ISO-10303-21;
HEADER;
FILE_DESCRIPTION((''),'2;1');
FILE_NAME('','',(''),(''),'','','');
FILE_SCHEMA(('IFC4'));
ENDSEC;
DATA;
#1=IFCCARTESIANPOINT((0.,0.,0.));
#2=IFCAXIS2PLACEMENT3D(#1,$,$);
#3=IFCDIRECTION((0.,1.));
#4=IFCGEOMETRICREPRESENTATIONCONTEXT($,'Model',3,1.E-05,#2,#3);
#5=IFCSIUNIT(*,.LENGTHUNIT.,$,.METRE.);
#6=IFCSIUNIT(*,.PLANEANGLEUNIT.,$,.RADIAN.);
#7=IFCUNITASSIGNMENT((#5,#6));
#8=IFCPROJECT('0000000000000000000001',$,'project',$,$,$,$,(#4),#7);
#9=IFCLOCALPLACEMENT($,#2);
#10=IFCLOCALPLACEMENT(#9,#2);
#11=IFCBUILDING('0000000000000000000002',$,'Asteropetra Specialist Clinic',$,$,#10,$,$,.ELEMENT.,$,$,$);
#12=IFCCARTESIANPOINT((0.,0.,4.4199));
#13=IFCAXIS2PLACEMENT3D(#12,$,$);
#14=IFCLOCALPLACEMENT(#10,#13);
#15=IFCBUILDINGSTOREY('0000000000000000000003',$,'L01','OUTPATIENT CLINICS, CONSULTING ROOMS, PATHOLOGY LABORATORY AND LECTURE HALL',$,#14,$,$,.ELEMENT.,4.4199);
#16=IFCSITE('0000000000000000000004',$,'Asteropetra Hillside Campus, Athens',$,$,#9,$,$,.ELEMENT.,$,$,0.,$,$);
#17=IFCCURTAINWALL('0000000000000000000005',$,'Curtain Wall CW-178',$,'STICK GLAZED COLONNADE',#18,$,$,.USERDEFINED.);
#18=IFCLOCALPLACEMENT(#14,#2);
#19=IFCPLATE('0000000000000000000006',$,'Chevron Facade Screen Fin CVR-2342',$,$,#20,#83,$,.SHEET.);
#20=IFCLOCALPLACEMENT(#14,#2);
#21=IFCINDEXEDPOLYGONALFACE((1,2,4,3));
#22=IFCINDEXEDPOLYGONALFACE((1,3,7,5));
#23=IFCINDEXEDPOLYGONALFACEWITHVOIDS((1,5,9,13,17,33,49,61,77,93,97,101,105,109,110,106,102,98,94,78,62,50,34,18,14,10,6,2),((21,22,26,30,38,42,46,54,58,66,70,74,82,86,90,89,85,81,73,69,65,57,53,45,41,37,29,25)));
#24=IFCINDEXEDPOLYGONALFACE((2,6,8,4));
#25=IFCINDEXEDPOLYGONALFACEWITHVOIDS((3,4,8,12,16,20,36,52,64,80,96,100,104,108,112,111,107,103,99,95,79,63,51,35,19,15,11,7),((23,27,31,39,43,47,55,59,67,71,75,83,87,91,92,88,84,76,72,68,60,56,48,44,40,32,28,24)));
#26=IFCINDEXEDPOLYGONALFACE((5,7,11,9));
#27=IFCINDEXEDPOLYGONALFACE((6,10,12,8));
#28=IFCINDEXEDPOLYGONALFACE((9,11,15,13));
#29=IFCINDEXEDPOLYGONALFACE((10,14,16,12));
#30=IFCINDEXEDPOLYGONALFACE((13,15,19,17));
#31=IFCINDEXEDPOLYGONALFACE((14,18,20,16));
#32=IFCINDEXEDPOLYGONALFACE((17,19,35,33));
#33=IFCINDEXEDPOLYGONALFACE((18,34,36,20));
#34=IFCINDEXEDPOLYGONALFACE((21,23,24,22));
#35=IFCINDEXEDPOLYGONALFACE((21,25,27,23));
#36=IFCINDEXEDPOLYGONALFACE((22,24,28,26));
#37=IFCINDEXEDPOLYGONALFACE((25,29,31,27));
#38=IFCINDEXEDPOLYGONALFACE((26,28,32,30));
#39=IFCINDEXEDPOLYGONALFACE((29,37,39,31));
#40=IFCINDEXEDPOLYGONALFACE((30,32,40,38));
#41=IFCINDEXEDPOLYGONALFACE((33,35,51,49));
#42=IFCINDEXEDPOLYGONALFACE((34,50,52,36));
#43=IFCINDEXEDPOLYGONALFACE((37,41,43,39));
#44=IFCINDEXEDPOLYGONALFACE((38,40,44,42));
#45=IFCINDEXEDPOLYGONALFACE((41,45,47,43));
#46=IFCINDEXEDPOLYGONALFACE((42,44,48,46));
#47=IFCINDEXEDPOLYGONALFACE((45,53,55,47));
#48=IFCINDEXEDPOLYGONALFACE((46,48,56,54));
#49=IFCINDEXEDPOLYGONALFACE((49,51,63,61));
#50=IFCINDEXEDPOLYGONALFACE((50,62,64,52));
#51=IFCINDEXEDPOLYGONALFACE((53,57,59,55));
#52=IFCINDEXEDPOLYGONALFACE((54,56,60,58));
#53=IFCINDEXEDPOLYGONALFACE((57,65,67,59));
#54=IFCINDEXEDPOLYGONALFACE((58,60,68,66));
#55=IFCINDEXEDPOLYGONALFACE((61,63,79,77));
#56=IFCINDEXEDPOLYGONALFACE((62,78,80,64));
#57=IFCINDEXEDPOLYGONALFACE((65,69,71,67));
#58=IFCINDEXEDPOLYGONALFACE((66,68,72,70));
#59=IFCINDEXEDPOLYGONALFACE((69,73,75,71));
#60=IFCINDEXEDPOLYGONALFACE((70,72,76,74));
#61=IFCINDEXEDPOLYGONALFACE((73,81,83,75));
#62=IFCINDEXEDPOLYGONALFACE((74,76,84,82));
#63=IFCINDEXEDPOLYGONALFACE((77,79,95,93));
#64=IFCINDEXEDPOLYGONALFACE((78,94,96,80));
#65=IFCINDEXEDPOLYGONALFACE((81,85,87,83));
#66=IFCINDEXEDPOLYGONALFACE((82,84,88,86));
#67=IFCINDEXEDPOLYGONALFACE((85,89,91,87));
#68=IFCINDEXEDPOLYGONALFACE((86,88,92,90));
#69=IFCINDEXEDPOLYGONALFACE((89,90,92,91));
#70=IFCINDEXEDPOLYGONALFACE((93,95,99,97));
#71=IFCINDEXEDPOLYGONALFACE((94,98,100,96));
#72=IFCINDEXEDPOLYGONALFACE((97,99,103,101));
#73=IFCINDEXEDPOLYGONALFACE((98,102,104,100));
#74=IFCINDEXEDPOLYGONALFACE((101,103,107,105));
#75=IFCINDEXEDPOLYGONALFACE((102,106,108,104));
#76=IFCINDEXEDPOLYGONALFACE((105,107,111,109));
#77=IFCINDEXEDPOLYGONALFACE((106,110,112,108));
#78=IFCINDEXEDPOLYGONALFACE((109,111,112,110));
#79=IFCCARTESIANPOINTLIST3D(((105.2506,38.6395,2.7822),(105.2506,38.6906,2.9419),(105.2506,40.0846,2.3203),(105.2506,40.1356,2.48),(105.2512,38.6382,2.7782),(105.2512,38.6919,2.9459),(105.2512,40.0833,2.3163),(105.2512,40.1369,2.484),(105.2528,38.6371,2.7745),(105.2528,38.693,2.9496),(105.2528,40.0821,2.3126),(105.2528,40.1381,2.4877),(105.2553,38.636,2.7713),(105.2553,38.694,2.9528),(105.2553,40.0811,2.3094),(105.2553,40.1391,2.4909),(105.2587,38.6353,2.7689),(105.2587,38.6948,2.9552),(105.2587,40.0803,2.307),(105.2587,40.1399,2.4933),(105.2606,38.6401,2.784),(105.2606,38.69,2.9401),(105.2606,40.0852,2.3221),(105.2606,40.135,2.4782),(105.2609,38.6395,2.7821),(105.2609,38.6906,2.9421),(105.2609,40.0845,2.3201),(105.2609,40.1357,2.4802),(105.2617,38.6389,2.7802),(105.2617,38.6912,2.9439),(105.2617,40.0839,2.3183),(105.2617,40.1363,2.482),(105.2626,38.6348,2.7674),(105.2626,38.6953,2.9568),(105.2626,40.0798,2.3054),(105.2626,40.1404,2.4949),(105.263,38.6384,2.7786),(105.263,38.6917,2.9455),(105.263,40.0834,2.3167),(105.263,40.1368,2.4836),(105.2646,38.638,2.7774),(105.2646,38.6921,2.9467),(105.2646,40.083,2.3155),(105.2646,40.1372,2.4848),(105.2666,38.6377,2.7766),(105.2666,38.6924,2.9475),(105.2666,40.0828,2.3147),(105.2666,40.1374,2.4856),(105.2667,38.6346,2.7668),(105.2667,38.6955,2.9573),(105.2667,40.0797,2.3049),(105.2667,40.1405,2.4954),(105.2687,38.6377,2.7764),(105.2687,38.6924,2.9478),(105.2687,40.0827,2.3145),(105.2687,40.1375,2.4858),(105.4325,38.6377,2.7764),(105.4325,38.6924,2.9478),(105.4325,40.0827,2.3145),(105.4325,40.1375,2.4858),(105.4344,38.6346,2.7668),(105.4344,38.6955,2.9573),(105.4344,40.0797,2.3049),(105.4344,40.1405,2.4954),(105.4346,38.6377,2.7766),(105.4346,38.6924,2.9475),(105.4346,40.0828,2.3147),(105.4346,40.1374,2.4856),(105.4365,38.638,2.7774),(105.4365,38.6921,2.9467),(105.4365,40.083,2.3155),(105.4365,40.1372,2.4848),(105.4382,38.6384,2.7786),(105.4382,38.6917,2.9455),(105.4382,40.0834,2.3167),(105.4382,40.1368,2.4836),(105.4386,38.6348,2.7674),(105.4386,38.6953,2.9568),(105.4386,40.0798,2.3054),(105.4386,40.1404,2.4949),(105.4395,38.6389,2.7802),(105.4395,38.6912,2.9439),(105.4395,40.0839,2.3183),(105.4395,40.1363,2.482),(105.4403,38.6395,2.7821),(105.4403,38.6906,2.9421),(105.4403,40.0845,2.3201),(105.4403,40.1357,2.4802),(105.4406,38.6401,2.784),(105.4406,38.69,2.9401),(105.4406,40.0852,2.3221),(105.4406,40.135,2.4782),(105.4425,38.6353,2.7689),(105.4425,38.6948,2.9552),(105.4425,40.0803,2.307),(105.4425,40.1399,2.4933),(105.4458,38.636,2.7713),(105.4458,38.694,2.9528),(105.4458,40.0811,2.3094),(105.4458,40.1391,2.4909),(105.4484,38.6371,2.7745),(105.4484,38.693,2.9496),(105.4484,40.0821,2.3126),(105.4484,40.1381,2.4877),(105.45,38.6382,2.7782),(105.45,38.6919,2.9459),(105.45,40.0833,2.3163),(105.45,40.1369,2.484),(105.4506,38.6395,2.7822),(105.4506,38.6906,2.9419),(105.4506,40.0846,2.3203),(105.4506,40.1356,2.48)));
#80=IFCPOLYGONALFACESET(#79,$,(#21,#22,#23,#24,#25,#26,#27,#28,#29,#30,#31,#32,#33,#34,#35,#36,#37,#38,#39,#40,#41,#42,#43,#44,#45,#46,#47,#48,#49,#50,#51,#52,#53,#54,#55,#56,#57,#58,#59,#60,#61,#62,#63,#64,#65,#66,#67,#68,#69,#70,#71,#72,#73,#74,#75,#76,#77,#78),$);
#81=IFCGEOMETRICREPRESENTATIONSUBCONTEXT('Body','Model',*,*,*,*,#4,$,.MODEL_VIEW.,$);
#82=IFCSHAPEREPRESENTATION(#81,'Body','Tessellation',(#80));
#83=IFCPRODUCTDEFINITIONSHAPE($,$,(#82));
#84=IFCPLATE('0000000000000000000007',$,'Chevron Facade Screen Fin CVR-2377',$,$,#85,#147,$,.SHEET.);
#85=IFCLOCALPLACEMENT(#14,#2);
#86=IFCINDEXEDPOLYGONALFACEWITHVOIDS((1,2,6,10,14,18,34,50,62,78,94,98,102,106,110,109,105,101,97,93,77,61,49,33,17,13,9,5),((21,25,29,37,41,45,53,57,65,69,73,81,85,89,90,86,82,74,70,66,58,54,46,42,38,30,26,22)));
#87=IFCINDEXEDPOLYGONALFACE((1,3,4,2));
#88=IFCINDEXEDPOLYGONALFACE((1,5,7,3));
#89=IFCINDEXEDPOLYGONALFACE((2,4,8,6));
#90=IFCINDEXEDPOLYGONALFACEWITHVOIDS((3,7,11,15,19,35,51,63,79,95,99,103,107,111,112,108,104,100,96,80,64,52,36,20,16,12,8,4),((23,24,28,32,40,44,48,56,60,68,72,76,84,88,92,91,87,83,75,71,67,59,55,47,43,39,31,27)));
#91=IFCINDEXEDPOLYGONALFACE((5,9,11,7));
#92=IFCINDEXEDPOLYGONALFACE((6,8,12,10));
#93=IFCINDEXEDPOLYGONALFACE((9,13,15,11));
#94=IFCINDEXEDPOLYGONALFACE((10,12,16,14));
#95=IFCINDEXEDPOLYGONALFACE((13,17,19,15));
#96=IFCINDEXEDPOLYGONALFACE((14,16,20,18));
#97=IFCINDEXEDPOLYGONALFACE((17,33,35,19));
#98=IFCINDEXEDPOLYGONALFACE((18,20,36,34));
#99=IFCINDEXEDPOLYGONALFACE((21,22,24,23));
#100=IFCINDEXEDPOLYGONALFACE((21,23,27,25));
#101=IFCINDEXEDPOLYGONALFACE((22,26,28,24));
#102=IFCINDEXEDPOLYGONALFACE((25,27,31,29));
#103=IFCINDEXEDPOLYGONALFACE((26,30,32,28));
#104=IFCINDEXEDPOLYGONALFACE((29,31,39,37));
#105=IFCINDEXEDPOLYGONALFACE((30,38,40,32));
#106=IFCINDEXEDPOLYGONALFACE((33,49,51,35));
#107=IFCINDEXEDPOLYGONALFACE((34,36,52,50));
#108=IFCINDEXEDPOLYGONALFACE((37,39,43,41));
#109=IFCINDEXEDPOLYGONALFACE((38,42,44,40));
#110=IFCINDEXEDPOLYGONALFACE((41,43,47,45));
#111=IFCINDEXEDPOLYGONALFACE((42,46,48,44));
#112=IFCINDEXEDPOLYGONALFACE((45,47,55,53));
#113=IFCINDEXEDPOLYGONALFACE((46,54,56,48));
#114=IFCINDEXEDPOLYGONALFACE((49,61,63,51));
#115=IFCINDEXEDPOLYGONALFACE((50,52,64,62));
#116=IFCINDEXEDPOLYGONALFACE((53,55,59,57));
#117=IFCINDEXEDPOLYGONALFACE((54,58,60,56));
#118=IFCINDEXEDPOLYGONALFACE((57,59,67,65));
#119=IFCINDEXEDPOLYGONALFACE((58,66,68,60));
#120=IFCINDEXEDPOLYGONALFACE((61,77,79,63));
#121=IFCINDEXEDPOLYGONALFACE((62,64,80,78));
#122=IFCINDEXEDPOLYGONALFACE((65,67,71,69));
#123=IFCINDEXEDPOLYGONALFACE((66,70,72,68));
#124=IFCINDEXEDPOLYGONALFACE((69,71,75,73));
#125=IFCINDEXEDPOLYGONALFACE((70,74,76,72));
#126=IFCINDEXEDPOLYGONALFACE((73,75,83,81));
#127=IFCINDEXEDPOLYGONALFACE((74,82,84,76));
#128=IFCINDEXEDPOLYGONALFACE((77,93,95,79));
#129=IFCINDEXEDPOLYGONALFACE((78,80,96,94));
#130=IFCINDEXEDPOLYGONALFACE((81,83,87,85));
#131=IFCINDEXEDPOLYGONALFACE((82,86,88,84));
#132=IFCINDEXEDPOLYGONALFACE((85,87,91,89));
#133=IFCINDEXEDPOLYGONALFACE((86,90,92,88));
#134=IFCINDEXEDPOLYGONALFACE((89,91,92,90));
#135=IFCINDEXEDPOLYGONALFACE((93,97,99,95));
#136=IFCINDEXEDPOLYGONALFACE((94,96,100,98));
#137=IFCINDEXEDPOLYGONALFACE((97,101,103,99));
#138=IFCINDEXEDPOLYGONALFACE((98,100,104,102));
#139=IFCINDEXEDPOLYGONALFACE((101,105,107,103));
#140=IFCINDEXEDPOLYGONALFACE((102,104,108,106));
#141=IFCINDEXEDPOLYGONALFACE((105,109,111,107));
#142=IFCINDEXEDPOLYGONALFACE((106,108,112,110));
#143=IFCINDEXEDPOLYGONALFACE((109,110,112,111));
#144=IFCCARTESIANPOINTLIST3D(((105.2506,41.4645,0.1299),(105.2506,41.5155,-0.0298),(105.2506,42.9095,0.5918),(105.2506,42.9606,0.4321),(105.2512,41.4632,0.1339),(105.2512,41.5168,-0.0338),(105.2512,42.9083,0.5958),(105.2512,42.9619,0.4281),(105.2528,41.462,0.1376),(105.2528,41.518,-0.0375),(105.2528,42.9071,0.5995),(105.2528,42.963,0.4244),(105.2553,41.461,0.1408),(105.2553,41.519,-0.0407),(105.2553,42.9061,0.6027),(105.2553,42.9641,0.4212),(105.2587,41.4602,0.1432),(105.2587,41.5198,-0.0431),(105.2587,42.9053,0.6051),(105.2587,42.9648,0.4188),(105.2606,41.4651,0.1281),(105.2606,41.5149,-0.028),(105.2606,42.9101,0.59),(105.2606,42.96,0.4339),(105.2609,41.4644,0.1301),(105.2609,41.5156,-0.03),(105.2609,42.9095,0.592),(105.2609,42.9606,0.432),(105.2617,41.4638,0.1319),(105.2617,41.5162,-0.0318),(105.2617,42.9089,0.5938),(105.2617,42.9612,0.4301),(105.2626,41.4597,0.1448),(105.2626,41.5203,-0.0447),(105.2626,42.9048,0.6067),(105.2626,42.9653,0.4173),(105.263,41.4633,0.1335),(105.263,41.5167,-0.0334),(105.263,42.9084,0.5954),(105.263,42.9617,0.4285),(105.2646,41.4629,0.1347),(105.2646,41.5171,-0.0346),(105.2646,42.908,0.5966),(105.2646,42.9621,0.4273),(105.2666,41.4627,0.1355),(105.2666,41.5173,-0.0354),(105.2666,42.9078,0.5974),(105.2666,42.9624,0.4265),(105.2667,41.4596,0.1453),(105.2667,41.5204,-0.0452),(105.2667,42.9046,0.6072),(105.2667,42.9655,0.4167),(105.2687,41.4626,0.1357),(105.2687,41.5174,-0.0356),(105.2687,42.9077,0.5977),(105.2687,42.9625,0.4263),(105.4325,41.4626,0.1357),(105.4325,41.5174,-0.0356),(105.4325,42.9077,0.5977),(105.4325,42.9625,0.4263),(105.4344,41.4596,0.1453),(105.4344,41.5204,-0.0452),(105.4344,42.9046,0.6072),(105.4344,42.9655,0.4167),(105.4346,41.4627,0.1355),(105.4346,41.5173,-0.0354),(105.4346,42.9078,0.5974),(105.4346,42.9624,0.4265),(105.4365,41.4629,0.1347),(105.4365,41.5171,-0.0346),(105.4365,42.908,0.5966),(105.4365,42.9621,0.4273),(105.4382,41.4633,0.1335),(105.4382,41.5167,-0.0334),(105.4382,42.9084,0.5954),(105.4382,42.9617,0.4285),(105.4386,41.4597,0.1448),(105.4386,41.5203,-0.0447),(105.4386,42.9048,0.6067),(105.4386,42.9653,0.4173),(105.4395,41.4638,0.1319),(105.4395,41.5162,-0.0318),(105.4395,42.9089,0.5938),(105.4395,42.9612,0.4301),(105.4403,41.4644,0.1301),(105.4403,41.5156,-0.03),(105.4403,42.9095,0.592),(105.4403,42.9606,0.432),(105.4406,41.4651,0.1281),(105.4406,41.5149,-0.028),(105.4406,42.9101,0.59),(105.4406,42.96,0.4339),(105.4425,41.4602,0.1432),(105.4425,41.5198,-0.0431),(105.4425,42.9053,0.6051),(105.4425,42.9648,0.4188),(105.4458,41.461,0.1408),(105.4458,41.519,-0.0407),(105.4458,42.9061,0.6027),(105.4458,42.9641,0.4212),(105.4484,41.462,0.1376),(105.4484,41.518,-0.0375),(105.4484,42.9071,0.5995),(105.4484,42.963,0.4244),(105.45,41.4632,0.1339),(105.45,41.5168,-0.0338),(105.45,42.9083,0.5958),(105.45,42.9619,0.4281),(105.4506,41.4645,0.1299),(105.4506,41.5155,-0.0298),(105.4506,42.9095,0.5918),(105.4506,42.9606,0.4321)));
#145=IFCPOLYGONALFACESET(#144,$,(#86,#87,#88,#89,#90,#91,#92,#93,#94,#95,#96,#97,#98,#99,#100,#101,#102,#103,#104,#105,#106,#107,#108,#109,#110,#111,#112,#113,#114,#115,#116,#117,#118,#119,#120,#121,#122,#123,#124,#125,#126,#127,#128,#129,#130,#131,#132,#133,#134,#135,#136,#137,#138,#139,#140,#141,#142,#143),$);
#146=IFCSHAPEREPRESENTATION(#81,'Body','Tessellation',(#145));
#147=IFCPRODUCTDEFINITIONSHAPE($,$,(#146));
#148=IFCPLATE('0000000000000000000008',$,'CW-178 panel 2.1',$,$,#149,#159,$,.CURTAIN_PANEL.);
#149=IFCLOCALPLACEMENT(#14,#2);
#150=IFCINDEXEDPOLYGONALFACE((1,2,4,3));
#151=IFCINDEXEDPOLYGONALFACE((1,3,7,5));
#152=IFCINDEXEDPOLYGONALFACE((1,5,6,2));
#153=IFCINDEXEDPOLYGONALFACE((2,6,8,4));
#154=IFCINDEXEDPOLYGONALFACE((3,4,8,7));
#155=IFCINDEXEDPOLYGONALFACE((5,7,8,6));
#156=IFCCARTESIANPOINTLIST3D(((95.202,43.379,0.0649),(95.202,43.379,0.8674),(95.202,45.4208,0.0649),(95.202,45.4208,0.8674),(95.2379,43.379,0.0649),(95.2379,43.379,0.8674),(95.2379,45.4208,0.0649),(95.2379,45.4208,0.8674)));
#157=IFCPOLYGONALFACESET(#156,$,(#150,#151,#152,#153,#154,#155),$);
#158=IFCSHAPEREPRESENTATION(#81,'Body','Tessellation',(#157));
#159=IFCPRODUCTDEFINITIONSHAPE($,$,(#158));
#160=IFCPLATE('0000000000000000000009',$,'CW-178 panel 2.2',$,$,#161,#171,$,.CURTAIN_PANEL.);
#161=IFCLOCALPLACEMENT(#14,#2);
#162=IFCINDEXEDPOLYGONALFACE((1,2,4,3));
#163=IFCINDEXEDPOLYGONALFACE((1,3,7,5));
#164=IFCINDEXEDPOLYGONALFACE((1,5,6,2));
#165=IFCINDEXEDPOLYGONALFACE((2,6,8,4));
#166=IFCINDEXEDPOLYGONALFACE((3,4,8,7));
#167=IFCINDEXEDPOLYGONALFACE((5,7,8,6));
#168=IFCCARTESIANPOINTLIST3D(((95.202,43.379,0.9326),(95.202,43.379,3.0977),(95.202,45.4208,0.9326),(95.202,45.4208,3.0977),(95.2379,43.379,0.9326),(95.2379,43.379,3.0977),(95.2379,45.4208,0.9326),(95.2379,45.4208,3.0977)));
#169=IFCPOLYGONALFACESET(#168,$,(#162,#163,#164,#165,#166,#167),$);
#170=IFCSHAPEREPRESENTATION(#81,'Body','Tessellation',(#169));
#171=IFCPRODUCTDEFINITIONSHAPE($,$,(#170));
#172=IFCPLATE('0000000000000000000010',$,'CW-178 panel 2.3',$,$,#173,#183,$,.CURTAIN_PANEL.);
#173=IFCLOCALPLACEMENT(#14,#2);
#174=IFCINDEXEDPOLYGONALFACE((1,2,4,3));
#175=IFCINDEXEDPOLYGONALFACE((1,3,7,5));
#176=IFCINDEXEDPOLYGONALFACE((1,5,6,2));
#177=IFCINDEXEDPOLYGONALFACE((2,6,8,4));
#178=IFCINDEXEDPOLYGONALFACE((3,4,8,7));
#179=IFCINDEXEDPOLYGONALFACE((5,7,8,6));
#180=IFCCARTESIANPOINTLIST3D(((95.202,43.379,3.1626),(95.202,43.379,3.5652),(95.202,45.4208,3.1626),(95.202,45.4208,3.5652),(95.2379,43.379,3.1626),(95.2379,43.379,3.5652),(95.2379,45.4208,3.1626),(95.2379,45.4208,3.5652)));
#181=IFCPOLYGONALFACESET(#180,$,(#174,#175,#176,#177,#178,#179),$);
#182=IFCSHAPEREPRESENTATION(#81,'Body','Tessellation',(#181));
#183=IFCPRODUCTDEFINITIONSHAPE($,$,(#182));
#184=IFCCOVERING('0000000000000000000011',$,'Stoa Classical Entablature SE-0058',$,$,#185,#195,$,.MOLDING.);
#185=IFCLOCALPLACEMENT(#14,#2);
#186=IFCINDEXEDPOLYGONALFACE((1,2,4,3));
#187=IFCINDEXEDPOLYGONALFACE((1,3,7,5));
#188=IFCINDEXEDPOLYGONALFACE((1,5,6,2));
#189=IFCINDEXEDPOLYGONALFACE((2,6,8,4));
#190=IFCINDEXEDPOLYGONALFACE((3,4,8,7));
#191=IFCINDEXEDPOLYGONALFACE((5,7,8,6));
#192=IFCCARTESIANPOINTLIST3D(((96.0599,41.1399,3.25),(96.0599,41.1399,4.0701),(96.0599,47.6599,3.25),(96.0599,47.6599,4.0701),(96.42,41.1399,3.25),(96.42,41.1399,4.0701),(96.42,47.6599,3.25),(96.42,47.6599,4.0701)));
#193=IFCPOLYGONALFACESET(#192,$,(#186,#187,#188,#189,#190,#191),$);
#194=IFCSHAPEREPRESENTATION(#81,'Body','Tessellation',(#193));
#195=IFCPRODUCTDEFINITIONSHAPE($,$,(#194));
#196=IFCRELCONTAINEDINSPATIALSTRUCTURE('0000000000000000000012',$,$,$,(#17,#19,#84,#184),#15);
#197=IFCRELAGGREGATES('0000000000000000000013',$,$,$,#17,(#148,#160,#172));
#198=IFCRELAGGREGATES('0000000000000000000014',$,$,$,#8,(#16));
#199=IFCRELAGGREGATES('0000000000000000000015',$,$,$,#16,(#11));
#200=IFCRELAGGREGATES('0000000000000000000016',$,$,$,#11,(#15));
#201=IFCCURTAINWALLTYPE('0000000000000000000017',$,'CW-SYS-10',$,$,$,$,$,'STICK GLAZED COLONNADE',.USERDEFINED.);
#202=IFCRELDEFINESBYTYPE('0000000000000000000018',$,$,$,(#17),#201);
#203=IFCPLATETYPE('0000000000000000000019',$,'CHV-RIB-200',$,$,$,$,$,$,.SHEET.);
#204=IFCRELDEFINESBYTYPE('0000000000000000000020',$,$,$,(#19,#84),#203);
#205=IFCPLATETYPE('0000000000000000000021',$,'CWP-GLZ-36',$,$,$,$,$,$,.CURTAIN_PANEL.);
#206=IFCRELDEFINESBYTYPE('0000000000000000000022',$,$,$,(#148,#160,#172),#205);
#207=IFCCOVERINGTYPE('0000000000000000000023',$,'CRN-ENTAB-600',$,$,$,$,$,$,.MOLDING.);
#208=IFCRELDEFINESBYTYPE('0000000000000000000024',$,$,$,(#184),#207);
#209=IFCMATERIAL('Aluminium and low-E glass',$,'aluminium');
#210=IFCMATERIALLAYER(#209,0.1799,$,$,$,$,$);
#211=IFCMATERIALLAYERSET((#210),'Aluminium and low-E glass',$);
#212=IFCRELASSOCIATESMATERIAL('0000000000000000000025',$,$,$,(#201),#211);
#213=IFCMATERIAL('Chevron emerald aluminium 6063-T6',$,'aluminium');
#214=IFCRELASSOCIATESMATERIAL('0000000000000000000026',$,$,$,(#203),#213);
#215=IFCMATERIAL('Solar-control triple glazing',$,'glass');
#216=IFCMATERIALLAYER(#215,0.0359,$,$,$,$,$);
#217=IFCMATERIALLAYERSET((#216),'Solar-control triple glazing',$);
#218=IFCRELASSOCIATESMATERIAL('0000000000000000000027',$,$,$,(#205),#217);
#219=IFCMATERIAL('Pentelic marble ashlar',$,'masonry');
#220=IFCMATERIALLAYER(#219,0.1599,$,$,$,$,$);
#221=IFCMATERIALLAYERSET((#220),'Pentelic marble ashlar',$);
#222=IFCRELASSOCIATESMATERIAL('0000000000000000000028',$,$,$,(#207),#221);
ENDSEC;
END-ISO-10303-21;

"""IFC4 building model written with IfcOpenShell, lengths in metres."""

from ifc_helpers import new_model, si_unit, direction, frame, origin, origin_2d, place, context, subcontext, project, spatial, rectangle, hollow_rectangle, extrude, material, layer, layer_set, material_profile, profile_set, type_object, element, aggregate, save


model = new_model("IFC4")

# Units and contexts
model_context = context("Model", 3, precision=1e-05, world=origin(), true_north=direction((0.0, 1.0)))
body_context = subcontext(model_context, "Body", "Model", "MODEL_VIEW")
ifc_project = project(units=[si_unit("LENGTHUNIT", "METRE"), si_unit("PLANEANGLEUNIT", "RADIAN")], contexts=[model_context])

# Site, building, storey
site_placement = place(None, origin())
site = spatial("IfcSite", under=ifc_project, at=site_placement, Name="Asteropetra Hillside Campus, Athens", CompositionType="ELEMENT", RefElevation=0.0)
building_placement = place(site_placement, origin())
building = spatial("IfcBuilding", under=site, at=building_placement, Name="Asteropetra Specialist Clinic", CompositionType="ELEMENT")
storey_placement = place(building_placement, frame((0.0, 0.0, 4.4199)))
storey = spatial("IfcBuildingStorey", under=building, at=storey_placement, Name="L01", Description="OUTPATIENT CLINICS, CONSULTING ROOMS, PATHOLOGY LABORATORY AND LECTURE HALL", CompositionType="ELEMENT", Elevation=4.4199)

# Curtain wall
ifc_material_1 = material(Name="Aluminium and low-E glass", Category="aluminium")
ifc_layer_1 = layer(ifc_material_1, 0.1799)
ifc_layer_set_1 = layer_set([ifc_layer_1], Name="Aluminium and low-E glass")
curtain_wall_type = type_object("IfcCurtainWallType", Name="CW-SYS-10", ElementType="STICK GLAZED COLONNADE", PredefinedType="USERDEFINED", material=ifc_layer_set_1)
curtain_wall_placement = place(storey_placement, origin())
curtain_wall = element("IfcCurtainWall", 1, at=curtain_wall_placement, inside=storey, type_object=curtain_wall_type, Name="Curtain Wall CW-178", ObjectType="STICK GLAZED COLONNADE", PredefinedType="USERDEFINED")

# Plates
ifc_material_2 = material(Name="Chevron emerald aluminium 6063-T6", Category="aluminium")
ifc_material_profile_1 = material_profile(ifc_material_2, hollow_rectangle(XDim=0.2, YDim=0.2, WallThickness=0.01, InnerFilletRadius=0.0081, OuterFilletRadius=0.0161, at=origin_2d()), Name="SHS 200x200x10.0")
ifc_profile_set_1 = profile_set([ifc_material_profile_1], Name="Chevron emerald aluminium 6063-T6")
plate_type_1 = type_object("IfcPlateType", Name="CHV-RIB-200", PredefinedType="SHEET", material=ifc_profile_set_1)
for number, where, z_axis, x_axis, name in (
    (2, (105.3506, 40.1101, 2.4001), (0.0, -0.952521, 0.304472), (1.0, 0.0, 0.0), "Chevron Facade Screen Fin CVR-2342"),
    (3, (105.3506, 42.9351, 0.512), (0.0, -0.952521, -0.304472), (1.0, 0.0, 0.0), "Chevron Facade Screen Fin CVR-2377"),
):
    element("IfcPlate", number, at=place(storey_placement, frame(where, z_axis=z_axis, x_axis=x_axis)), inside=storey, type_object=plate_type_1, Name=name, PredefinedType="SHEET", context=body_context, shape_type="SweptSolid", body=[
        extrude(hollow_rectangle(XDim=0.2, YDim=0.2, WallThickness=0.01, InnerFilletRadius=0.0081, OuterFilletRadius=0.0161, at=origin_2d()), origin(), (0.0, 0.0, 1.0), 1.5171),
    ])

# Plates
ifc_material_3 = material(Name="Solar-control triple glazing", Category="glass")
ifc_layer_2 = layer(ifc_material_3, 0.0359)
ifc_layer_set_2 = layer_set([ifc_layer_2], Name="Solar-control triple glazing")
plate_type_2 = type_object("IfcPlateType", Name="CWP-GLZ-36", PredefinedType="CURTAIN_PANEL", material=ifc_layer_set_2)
plate_1_placement = place(storey_placement, frame((95.22, 44.3999, 0.0649), z_axis=(0.0, 0.0, 1.0), x_axis=(0.0, 1.0, 0.0)))
plate_1 = element("IfcPlate", 4, at=plate_1_placement, type_object=plate_type_2, Name="CW-178 panel 2.1", PredefinedType="CURTAIN_PANEL", context=body_context, shape_type="SweptSolid", body=[
    extrude(rectangle(XDim=2.0417, YDim=0.0359, at=origin_2d()), origin(), (0.0, 0.0, 1.0), 0.8025),
])
plate_2_placement = place(storey_placement, frame((95.22, 44.3999, 0.9326), z_axis=(0.0, 0.0, 1.0), x_axis=(0.0, 1.0, 0.0)))
plate_2 = element("IfcPlate", 5, at=plate_2_placement, type_object=plate_type_2, Name="CW-178 panel 2.2", PredefinedType="CURTAIN_PANEL", context=body_context, shape_type="SweptSolid", body=[
    extrude(rectangle(XDim=2.0417, YDim=0.0359, at=origin_2d()), origin(), (0.0, 0.0, 1.0), 2.165),
])
plate_3_placement = place(storey_placement, frame((95.22, 44.3999, 3.1626), z_axis=(0.0, 0.0, 1.0), x_axis=(0.0, 1.0, 0.0)))
plate_3 = element("IfcPlate", 6, at=plate_3_placement, type_object=plate_type_2, Name="CW-178 panel 2.3", PredefinedType="CURTAIN_PANEL", context=body_context, shape_type="SweptSolid", body=[
    extrude(rectangle(XDim=2.0417, YDim=0.0359, at=origin_2d()), origin(), (0.0, 0.0, 1.0), 0.4026),
])
aggregate(curtain_wall, [plate_1, plate_2, plate_3])

# Covering
ifc_material_4 = material(Name="Pentelic marble ashlar", Category="masonry")
ifc_layer_3 = layer(ifc_material_4, 0.1599)
ifc_layer_set_3 = layer_set([ifc_layer_3], Name="Pentelic marble ashlar")
covering_type_1 = type_object("IfcCoveringType", Name="CRN-ENTAB-600", PredefinedType="MOLDING", material=ifc_layer_set_3)
covering_1_placement = place(storey_placement, frame((96.24, 44.3999, 3.25), z_axis=(0.0, 0.0, 1.0), x_axis=(1.0, 0.0, 0.0)))
element("IfcCovering", 7, at=covering_1_placement, inside=storey, type_object=covering_type_1, Name="Stoa Classical Entablature SE-0058", PredefinedType="MOLDING", context=body_context, shape_type="SweptSolid", body=[
    extrude(rectangle(XDim=0.3601, YDim=6.52, at=origin_2d()), origin(), (0.0, 0.0, 1.0), 0.8201),
])

save(model, "model.ifc")
